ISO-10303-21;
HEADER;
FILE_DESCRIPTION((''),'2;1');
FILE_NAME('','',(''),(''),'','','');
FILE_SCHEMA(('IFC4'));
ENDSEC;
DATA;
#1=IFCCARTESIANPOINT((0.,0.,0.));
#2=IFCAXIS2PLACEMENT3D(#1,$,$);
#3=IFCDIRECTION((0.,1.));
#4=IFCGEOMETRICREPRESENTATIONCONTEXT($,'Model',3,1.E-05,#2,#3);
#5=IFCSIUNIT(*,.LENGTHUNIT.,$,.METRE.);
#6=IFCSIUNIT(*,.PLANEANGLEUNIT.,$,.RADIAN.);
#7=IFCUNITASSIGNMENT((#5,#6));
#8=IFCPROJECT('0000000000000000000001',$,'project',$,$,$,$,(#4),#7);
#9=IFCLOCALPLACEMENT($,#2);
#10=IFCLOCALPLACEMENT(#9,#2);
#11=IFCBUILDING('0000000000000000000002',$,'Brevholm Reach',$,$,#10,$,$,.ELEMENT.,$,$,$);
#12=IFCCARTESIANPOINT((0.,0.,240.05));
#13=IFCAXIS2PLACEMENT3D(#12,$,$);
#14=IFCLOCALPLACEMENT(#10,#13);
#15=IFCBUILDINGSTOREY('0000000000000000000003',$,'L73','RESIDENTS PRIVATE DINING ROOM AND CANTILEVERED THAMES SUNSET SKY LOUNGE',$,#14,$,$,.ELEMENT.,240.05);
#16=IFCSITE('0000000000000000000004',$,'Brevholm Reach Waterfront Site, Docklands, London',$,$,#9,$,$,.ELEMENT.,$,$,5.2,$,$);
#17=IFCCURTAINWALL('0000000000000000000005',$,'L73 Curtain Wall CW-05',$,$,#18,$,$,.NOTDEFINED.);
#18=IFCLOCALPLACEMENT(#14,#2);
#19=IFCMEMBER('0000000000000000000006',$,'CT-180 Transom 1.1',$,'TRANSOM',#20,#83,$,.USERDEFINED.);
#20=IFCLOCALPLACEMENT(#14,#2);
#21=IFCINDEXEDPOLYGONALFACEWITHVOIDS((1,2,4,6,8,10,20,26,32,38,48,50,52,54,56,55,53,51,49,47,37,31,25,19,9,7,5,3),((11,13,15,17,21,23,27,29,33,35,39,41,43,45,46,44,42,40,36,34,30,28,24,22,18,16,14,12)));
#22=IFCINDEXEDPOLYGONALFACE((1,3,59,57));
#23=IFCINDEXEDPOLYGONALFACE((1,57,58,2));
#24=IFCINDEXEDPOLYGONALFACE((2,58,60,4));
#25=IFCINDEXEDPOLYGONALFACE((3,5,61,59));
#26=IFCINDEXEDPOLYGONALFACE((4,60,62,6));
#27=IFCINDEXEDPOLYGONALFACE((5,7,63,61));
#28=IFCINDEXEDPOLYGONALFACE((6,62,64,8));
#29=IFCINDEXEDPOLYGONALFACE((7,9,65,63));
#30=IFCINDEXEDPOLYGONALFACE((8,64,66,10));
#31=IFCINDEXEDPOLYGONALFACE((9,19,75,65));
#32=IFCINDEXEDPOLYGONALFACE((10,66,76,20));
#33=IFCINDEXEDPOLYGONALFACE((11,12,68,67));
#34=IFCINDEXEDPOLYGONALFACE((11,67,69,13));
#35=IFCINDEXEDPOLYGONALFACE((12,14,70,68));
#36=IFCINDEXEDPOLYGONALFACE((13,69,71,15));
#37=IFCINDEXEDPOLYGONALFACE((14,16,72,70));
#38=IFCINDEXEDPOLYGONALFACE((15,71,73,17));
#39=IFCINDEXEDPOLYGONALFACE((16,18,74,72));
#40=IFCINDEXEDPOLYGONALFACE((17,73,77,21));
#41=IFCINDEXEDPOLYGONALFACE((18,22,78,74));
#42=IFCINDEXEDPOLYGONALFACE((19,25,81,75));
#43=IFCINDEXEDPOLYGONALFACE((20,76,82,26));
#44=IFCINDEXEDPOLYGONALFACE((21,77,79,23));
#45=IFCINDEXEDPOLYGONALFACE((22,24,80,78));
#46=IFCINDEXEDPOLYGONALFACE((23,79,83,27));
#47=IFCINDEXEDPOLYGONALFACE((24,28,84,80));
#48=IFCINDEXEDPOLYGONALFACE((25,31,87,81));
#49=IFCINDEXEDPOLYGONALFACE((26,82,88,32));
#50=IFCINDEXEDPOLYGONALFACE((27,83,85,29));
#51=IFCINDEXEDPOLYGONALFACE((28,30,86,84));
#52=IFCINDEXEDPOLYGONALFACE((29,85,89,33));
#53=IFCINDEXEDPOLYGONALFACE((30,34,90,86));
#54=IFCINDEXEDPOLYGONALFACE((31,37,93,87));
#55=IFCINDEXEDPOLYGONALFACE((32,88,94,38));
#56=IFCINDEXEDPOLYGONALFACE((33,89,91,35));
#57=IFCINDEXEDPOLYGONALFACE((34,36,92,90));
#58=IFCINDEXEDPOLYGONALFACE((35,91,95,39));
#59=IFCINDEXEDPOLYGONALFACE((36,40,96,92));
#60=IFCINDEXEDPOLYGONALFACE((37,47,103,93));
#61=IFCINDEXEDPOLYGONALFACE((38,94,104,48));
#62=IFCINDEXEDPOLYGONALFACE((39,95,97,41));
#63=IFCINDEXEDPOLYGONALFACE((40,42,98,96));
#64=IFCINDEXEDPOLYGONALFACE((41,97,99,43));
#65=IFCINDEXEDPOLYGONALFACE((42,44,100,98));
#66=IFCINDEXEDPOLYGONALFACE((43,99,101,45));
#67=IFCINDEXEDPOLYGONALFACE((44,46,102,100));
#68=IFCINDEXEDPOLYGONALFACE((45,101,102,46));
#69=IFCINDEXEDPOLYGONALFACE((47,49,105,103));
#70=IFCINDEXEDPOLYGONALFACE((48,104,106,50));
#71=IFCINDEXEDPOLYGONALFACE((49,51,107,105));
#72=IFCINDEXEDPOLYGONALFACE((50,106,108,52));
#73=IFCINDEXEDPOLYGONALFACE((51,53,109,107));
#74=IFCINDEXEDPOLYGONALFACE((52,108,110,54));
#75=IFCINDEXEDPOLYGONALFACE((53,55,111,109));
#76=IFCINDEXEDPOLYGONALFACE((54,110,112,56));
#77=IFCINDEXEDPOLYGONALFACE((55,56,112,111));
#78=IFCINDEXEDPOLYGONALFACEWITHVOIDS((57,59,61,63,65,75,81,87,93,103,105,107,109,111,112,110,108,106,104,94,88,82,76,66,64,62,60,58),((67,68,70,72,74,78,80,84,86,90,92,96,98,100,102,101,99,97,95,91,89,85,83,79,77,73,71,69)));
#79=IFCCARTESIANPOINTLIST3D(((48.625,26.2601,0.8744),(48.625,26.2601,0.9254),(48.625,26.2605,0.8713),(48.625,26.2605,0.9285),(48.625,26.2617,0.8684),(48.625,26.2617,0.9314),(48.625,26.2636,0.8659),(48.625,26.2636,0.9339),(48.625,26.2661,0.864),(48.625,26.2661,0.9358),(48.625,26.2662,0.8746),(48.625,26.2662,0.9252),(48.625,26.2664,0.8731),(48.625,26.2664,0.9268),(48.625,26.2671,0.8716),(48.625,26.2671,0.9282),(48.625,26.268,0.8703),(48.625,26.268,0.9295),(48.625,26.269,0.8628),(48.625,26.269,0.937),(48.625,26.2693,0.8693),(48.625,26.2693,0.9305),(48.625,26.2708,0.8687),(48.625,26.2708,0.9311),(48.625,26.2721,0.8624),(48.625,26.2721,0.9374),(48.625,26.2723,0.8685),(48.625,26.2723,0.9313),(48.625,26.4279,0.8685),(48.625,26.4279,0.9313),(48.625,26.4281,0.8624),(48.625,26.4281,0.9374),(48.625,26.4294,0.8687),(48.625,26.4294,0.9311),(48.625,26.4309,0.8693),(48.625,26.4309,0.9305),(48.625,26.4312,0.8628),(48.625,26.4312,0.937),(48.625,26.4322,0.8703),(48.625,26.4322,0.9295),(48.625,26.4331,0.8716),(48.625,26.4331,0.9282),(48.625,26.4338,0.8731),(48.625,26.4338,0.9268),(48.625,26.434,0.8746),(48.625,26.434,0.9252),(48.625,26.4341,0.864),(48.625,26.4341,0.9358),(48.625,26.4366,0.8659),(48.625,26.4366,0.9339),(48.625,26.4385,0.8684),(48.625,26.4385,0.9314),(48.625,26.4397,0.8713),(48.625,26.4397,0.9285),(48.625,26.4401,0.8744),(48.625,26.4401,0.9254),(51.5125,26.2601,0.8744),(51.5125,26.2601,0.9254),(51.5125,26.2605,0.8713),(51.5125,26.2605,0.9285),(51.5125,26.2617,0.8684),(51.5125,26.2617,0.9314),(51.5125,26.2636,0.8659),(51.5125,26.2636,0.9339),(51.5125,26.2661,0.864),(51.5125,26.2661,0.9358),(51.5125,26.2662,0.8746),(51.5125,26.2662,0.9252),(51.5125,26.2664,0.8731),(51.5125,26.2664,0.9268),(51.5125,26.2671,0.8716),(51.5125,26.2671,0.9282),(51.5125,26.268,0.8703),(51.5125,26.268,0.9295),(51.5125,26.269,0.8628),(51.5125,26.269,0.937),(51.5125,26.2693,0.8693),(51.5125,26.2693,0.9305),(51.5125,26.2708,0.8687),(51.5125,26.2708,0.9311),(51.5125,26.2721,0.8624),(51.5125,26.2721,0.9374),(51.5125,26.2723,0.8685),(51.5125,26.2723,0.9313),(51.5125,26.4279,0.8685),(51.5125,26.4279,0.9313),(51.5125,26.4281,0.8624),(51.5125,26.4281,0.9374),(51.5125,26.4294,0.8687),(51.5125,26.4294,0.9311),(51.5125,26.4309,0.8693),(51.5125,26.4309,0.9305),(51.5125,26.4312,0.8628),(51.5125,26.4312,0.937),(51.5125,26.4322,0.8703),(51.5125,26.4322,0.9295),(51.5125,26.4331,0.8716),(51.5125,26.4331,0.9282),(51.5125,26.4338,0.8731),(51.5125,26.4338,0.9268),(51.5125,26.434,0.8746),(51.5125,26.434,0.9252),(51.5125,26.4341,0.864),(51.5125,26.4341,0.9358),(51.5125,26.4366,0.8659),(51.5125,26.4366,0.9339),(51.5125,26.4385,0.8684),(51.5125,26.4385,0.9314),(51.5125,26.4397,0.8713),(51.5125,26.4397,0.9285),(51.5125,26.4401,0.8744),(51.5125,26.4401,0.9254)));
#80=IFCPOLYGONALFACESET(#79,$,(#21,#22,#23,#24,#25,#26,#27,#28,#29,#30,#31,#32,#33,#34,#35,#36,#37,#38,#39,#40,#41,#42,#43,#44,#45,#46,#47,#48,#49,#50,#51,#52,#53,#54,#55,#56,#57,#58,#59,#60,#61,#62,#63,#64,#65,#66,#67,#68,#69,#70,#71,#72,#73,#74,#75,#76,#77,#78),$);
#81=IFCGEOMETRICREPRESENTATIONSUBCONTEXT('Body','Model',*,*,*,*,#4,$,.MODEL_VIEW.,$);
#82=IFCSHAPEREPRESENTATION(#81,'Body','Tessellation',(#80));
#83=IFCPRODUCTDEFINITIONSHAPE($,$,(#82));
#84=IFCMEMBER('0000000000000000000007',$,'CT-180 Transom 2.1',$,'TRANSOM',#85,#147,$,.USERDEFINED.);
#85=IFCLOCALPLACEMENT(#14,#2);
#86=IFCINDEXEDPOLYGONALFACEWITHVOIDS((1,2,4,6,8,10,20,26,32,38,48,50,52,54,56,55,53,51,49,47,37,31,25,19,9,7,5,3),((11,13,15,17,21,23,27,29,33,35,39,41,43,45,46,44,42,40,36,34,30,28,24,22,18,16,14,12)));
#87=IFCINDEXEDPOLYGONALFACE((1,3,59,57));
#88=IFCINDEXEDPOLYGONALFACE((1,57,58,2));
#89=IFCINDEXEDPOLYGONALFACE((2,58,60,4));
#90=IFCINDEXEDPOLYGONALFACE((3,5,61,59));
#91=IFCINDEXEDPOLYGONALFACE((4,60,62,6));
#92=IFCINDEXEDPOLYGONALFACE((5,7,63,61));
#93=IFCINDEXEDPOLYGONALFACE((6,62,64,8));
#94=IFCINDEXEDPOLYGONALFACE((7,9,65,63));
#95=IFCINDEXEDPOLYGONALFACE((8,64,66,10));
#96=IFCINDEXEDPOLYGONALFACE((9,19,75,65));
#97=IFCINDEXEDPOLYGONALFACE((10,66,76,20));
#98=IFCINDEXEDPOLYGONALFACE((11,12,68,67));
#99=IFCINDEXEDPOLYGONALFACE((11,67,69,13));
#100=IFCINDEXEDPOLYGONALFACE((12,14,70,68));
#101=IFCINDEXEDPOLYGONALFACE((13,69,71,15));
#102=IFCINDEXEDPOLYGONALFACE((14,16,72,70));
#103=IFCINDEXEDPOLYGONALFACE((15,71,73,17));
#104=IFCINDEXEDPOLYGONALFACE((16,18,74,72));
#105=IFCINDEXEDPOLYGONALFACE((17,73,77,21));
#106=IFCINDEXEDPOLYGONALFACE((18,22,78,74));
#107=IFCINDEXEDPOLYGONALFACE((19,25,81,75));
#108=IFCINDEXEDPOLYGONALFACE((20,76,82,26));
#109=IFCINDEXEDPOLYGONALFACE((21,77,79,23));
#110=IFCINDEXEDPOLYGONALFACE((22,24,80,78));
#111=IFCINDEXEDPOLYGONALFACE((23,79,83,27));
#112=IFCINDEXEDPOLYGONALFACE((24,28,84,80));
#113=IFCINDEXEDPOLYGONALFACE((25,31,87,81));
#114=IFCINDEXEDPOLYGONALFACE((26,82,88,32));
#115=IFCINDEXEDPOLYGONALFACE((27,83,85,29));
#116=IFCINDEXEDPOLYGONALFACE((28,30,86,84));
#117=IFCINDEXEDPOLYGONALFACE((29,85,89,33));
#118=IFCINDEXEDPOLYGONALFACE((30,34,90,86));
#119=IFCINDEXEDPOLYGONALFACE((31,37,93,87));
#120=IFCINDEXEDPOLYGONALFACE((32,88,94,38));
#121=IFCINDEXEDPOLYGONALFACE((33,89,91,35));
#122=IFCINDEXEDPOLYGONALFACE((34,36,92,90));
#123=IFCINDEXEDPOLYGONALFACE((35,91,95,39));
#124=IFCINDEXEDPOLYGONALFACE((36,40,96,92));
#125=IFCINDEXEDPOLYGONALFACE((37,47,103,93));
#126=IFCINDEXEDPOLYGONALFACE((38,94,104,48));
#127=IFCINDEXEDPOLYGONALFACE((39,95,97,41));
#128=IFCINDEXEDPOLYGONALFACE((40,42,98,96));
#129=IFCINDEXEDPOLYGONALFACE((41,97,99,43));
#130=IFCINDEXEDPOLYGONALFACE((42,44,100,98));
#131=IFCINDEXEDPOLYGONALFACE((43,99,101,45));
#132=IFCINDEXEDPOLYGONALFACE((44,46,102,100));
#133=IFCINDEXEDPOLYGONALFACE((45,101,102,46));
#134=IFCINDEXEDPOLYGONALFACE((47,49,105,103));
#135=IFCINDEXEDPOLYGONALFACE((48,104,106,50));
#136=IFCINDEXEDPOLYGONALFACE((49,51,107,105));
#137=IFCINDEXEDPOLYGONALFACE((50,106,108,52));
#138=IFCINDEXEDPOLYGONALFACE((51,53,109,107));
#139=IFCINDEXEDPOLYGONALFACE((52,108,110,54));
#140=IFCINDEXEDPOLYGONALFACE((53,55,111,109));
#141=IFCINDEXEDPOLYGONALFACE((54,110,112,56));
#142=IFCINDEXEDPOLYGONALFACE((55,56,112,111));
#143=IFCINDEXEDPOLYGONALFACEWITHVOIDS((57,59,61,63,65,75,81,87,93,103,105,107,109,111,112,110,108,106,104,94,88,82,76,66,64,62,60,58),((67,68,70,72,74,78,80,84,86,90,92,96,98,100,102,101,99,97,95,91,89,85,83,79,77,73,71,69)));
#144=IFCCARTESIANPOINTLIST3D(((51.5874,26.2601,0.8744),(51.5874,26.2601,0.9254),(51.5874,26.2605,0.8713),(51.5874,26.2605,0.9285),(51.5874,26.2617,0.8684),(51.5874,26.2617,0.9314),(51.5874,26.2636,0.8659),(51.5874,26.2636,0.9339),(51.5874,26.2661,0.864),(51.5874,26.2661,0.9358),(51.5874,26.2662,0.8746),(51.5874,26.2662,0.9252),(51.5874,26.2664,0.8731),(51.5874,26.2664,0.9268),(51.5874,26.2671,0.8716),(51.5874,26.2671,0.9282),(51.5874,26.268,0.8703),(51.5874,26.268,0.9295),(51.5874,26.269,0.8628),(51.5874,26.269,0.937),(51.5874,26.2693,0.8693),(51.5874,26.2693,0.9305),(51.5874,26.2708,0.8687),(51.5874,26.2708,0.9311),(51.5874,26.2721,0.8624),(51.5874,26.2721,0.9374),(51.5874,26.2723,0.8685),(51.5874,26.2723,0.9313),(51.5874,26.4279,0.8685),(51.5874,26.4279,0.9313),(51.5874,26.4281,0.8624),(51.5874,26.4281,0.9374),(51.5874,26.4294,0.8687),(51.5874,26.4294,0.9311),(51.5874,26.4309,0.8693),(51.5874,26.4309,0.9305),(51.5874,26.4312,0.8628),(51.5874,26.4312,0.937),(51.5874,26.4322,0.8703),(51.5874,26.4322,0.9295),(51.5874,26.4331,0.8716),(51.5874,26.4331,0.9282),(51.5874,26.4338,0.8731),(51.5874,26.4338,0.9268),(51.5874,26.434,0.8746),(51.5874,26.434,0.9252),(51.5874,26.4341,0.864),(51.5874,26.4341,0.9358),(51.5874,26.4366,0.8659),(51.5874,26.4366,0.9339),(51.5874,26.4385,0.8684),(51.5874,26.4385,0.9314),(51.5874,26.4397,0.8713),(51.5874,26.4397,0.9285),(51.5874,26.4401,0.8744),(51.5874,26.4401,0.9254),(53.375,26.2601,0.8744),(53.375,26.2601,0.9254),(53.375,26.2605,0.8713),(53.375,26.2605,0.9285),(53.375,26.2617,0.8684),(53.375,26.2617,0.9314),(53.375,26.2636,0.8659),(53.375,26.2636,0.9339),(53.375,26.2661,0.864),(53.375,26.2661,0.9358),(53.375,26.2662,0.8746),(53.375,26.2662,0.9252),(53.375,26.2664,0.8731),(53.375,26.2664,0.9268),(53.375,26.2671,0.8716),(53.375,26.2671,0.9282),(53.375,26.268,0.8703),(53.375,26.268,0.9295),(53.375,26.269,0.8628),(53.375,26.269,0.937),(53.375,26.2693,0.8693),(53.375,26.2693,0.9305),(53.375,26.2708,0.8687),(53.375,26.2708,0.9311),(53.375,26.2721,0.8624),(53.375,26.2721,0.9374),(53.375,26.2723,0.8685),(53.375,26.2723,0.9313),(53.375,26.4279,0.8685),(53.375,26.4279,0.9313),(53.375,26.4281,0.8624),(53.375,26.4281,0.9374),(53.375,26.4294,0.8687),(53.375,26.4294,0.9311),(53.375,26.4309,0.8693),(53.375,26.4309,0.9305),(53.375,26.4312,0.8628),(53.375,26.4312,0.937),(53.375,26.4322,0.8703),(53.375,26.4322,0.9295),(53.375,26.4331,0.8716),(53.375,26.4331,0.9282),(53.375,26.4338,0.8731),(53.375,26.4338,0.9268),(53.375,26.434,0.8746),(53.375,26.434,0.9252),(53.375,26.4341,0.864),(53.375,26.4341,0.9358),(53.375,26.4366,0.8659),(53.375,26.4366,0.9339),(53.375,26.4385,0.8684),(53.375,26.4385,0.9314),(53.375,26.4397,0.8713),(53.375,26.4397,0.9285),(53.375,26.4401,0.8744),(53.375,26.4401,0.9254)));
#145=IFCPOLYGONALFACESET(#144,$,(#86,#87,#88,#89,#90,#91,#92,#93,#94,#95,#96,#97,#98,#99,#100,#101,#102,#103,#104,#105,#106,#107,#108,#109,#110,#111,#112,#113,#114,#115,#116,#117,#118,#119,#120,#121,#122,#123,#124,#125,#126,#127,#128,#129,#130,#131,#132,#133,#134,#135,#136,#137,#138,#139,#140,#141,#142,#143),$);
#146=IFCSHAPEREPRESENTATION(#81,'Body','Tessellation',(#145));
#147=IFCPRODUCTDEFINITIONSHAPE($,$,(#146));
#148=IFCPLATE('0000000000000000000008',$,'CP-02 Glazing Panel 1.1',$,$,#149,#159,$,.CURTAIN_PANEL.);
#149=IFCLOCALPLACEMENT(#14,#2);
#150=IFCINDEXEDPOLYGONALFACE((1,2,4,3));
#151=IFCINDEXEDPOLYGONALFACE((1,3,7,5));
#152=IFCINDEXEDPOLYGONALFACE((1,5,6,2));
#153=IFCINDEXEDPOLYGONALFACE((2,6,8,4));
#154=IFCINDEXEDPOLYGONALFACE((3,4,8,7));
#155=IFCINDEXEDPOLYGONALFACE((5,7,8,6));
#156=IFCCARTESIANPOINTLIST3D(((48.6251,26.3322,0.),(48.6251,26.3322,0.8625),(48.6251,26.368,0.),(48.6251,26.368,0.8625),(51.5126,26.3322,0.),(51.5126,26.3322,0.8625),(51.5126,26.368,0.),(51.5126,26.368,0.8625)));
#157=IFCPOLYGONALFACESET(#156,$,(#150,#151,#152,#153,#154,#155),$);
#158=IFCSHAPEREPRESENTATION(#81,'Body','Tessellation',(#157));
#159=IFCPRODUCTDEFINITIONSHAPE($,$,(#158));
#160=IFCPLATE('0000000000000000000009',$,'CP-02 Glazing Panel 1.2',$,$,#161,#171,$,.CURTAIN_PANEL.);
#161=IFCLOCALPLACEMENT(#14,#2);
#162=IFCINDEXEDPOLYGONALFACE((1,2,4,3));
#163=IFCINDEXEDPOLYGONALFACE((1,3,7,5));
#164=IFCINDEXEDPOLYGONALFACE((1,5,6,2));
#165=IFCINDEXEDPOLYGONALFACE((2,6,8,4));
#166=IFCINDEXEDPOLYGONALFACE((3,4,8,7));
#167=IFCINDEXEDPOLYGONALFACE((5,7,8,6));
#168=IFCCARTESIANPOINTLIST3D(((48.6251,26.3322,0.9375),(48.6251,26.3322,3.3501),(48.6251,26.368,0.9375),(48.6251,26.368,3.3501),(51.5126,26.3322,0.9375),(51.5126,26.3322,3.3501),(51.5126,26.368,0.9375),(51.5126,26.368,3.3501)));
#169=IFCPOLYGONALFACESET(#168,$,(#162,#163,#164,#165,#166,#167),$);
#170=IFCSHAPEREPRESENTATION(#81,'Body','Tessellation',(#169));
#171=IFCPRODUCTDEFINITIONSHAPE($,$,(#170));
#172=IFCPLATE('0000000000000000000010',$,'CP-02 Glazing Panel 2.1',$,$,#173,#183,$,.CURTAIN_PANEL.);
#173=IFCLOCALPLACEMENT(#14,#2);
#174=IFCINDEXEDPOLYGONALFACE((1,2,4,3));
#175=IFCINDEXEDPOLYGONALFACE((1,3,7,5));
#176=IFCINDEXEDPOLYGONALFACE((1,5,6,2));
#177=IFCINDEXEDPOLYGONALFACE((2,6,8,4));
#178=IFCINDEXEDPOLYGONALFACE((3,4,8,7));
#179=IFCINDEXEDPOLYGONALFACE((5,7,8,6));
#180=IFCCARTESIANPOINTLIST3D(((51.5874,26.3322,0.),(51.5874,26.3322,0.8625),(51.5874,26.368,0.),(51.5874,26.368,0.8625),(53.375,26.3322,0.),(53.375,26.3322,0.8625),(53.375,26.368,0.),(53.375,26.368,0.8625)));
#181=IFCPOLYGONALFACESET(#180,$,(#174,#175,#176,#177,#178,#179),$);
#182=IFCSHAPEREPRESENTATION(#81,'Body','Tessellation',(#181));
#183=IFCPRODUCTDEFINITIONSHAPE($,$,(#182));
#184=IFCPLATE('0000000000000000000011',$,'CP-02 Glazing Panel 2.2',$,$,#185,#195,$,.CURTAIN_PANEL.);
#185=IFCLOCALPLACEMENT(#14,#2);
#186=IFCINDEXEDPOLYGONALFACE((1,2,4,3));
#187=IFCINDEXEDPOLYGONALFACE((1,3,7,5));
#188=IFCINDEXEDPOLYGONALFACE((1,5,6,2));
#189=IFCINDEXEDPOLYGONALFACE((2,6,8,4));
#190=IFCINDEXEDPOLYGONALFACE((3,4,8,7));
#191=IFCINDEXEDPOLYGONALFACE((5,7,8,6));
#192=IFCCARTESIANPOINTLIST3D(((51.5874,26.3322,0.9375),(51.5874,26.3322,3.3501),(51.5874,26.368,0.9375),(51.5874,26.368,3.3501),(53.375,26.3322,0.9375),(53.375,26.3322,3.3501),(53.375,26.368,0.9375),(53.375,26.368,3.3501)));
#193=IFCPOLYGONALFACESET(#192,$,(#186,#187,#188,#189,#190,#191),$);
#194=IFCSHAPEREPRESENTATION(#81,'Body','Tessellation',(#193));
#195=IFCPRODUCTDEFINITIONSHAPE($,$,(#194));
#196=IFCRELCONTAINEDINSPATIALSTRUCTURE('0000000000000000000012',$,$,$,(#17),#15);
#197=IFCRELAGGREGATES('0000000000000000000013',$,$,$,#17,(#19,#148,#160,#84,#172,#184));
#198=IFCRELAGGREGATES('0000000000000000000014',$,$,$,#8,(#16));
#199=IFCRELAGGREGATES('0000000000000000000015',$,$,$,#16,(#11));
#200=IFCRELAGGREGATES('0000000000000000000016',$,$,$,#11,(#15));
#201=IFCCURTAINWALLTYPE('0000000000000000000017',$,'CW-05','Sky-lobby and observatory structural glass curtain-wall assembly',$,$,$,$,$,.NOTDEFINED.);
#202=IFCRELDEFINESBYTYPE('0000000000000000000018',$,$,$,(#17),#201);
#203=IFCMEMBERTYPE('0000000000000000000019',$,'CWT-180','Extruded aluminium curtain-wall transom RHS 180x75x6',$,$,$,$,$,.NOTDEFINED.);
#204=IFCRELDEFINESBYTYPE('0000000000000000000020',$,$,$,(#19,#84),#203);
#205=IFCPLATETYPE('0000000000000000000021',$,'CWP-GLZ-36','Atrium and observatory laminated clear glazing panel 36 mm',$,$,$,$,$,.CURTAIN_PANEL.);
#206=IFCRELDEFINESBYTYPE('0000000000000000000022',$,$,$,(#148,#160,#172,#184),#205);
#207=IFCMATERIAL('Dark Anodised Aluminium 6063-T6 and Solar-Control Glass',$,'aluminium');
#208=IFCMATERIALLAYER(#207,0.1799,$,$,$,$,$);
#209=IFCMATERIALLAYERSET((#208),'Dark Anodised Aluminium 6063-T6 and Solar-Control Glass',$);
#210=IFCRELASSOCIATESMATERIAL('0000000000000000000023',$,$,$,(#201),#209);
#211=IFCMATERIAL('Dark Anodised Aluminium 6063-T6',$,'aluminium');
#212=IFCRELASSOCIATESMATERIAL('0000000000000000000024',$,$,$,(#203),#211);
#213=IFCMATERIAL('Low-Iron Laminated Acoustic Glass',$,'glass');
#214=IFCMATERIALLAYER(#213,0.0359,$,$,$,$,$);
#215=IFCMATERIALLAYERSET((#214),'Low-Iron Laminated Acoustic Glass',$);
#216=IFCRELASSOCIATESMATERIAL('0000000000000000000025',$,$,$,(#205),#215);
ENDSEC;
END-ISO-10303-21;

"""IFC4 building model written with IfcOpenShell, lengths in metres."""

from ifc_helpers import new_model, si_unit, direction, frame, origin, origin_2d, place, context, subcontext, project, spatial, rectangle, hollow_rectangle, extrude, material, layer, layer_set, material_profile, profile_set, type_object, element, aggregate, save


model = new_model("IFC4")

# Units and contexts
model_context = context("Model", 3, precision=1e-05, world=origin(), true_north=direction((0.0, 1.0)))
body_context = subcontext(model_context, "Body", "Model", "MODEL_VIEW")
ifc_project = project(units=[si_unit("LENGTHUNIT", "METRE"), si_unit("PLANEANGLEUNIT", "RADIAN")], contexts=[model_context])

# Site, building, storey
site_placement = place(None, origin())
site = spatial("IfcSite", under=ifc_project, at=site_placement, Name="Brevholm Reach Waterfront Site, Docklands, London", CompositionType="ELEMENT", RefElevation=5.2)
building_placement = place(site_placement, origin())
building = spatial("IfcBuilding", under=site, at=building_placement, Name="Brevholm Reach", CompositionType="ELEMENT")
storey_placement = place(building_placement, frame((0.0, 0.0, 240.05)))
storey = spatial("IfcBuildingStorey", under=building, at=storey_placement, Name="L73", Description="RESIDENTS PRIVATE DINING ROOM AND CANTILEVERED THAMES SUNSET SKY LOUNGE", CompositionType="ELEMENT", Elevation=240.05)

# Curtain wall, members, plates
ifc_material_1 = material(Name="Dark Anodised Aluminium 6063-T6 and Solar-Control Glass", Category="aluminium")
ifc_layer_1 = layer(ifc_material_1, 0.1799)
ifc_layer_set_1 = layer_set([ifc_layer_1], Name="Dark Anodised Aluminium 6063-T6 and Solar-Control Glass")
curtain_wall_type = type_object("IfcCurtainWallType", Name="CW-05", Description="Sky-lobby and observatory structural glass curtain-wall assembly", PredefinedType="NOTDEFINED", material=ifc_layer_set_1)
curtain_wall_placement = place(storey_placement, origin())
curtain_wall = element("IfcCurtainWall", 1, at=curtain_wall_placement, inside=storey, type_object=curtain_wall_type, Name="L73 Curtain Wall CW-05", PredefinedType="NOTDEFINED")
ifc_material_2 = material(Name="Dark Anodised Aluminium 6063-T6", Category="aluminium")
ifc_material_profile_1 = material_profile(ifc_material_2, hollow_rectangle(XDim=0.075, YDim=0.1799, WallThickness=0.0061, InnerFilletRadius=0.0061, OuterFilletRadius=0.012, at=origin_2d()), Name="RHS 180x75x6")
ifc_profile_set_1 = profile_set([ifc_material_profile_1], Name="Dark Anodised Aluminium 6063-T6")
member_type_1 = type_object("IfcMemberType", Name="CWT-180", Description="Extruded aluminium curtain-wall transom RHS 180x75x6", PredefinedType="NOTDEFINED", material=ifc_profile_set_1)
member_1_placement = place(storey_placement, frame((48.625, 26.3501, 0.8999), z_axis=(1.0, 0.0, 0.0), x_axis=(0.0, 0.0, 1.0)))
member_1 = element("IfcMember", 2, at=member_1_placement, type_object=member_type_1, Name="CT-180 Transom 1.1", ObjectType="TRANSOM", PredefinedType="USERDEFINED", context=body_context, shape_type="SweptSolid", body=[
    extrude(hollow_rectangle(XDim=0.075, YDim=0.1799, WallThickness=0.0061, InnerFilletRadius=0.0061, OuterFilletRadius=0.012, at=origin_2d()), origin(), (0.0, 0.0, 1.0), 2.8875),
])
member_2_placement = place(storey_placement, frame((51.5874, 26.3501, 0.8999), z_axis=(1.0, 0.0, 0.0), x_axis=(0.0, 0.0, 1.0)))
member_2 = element("IfcMember", 3, at=member_2_placement, type_object=member_type_1, Name="CT-180 Transom 2.1", ObjectType="TRANSOM", PredefinedType="USERDEFINED", context=body_context, shape_type="SweptSolid", body=[
    extrude(hollow_rectangle(XDim=0.075, YDim=0.1799, WallThickness=0.0061, InnerFilletRadius=0.0061, OuterFilletRadius=0.012, at=origin_2d()), origin(), (0.0, 0.0, 1.0), 1.7876),
])
ifc_material_3 = material(Name="Low-Iron Laminated Acoustic Glass", Category="glass")
ifc_layer_2 = layer(ifc_material_3, 0.0359)
ifc_layer_set_2 = layer_set([ifc_layer_2], Name="Low-Iron Laminated Acoustic Glass")
plate_type = type_object("IfcPlateType", Name="CWP-GLZ-36", Description="Atrium and observatory laminated clear glazing panel 36 mm", PredefinedType="CURTAIN_PANEL", material=ifc_layer_set_2)
plate_1_placement = place(storey_placement, frame((50.0688, 26.3501, 0.0), z_axis=(0.0, 0.0, 1.0), x_axis=(1.0, 0.0, 0.0)))
plate_1 = element("IfcPlate", 4, at=plate_1_placement, type_object=plate_type, Name="CP-02 Glazing Panel 1.1", PredefinedType="CURTAIN_PANEL", context=body_context, shape_type="SweptSolid", body=[
    extrude(rectangle(XDim=2.8875, YDim=0.0359, at=origin_2d()), origin(), (0.0, 0.0, 1.0), 0.8625),
])
plate_2_placement = place(storey_placement, frame((50.0688, 26.3501, 0.9375), z_axis=(0.0, 0.0, 1.0), x_axis=(1.0, 0.0, 0.0)))
plate_2 = element("IfcPlate", 5, at=plate_2_placement, type_object=plate_type, Name="CP-02 Glazing Panel 1.2", PredefinedType="CURTAIN_PANEL", context=body_context, shape_type="SweptSolid", body=[
    extrude(rectangle(XDim=2.8875, YDim=0.0359, at=origin_2d()), origin(), (0.0, 0.0, 1.0), 2.4126),
])
plate_3_placement = place(storey_placement, frame((52.4812, 26.3501, 0.0), z_axis=(0.0, 0.0, 1.0), x_axis=(1.0, 0.0, 0.0)))
plate_3 = element("IfcPlate", 6, at=plate_3_placement, type_object=plate_type, Name="CP-02 Glazing Panel 2.1", PredefinedType="CURTAIN_PANEL", context=body_context, shape_type="SweptSolid", body=[
    extrude(rectangle(XDim=1.7876, YDim=0.0359, at=origin_2d()), origin(), (0.0, 0.0, 1.0), 0.8625),
])
plate_4_placement = place(storey_placement, frame((52.4812, 26.3501, 0.9375), z_axis=(0.0, 0.0, 1.0), x_axis=(1.0, 0.0, 0.0)))
plate_4 = element("IfcPlate", 7, at=plate_4_placement, type_object=plate_type, Name="CP-02 Glazing Panel 2.2", PredefinedType="CURTAIN_PANEL", context=body_context, shape_type="SweptSolid", body=[
    extrude(rectangle(XDim=1.7876, YDim=0.0359, at=origin_2d()), origin(), (0.0, 0.0, 1.0), 2.4126),
])
aggregate(curtain_wall, [member_1, plate_1, plate_2, member_2, plate_3, plate_4])

save(model, "model.ifc")
